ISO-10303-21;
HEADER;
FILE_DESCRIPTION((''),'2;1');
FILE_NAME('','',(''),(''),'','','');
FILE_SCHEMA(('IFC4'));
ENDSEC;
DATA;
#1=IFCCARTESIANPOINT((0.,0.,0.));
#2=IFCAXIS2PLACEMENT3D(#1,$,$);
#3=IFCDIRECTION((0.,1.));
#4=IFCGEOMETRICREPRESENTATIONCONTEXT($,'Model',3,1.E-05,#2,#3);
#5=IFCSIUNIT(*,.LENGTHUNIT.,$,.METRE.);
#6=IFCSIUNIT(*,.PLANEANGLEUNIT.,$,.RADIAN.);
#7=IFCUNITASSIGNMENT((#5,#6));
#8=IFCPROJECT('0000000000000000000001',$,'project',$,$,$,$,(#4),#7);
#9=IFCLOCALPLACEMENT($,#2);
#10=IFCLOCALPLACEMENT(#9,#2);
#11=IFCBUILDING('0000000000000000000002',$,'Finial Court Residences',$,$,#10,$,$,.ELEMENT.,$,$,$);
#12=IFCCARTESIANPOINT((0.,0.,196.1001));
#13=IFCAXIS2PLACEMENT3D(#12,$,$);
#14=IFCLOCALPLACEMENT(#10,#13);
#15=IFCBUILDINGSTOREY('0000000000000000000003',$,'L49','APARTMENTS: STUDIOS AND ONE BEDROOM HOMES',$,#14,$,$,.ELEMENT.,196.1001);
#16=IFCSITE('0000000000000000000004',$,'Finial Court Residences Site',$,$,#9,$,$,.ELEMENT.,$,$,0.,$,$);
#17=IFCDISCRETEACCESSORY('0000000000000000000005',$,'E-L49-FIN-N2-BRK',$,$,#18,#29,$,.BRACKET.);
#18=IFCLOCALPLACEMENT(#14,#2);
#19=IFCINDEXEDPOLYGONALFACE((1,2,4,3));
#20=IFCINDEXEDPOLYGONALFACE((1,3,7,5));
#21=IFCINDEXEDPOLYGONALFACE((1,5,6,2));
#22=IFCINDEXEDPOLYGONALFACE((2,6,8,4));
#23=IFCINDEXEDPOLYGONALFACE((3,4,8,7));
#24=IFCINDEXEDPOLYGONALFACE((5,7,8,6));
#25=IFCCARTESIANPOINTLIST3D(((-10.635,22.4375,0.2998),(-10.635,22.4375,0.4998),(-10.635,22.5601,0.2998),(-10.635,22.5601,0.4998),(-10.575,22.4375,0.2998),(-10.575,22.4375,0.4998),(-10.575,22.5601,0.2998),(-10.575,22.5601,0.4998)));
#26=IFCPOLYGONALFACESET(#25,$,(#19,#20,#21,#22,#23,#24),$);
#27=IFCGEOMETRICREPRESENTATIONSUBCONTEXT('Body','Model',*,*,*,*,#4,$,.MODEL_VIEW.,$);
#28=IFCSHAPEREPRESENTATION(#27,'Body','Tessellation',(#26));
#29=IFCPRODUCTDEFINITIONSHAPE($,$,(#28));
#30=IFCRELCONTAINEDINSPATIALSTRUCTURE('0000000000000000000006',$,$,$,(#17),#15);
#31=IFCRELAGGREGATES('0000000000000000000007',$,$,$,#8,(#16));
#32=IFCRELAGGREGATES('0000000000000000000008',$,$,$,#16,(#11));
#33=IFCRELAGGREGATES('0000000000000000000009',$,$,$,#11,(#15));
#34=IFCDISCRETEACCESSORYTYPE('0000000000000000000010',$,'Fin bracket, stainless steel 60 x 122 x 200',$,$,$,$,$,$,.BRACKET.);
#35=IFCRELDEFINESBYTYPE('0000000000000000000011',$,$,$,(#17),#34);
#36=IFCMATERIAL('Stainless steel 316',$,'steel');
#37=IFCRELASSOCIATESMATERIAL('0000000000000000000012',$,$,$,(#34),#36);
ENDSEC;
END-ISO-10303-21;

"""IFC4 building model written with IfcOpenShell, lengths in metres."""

from ifc_helpers import new_model, si_unit, direction, frame, origin, origin_2d, place, context, subcontext, project, spatial, rectangle, extrude, material, type_object, element, save


model = new_model("IFC4")

# Units and contexts
model_context = context("Model", 3, precision=1e-05, world=origin(), true_north=direction((0.0, 1.0)))
body_context = subcontext(model_context, "Body", "Model", "MODEL_VIEW")
ifc_project = project(units=[si_unit("LENGTHUNIT", "METRE"), si_unit("PLANEANGLEUNIT", "RADIAN")], contexts=[model_context])

# Site, building, storey
site_placement = place(None, origin())
site = spatial("IfcSite", under=ifc_project, at=site_placement, Name="Finial Court Residences Site", CompositionType="ELEMENT", RefElevation=0.0)
building_placement = place(site_placement, origin())
building = spatial("IfcBuilding", under=site, at=building_placement, Name="Finial Court Residences", CompositionType="ELEMENT")
storey_placement = place(building_placement, frame((0.0, 0.0, 196.1001)))
storey = spatial("IfcBuildingStorey", under=building, at=storey_placement, Name="L49", Description="APARTMENTS: STUDIOS AND ONE BEDROOM HOMES", CompositionType="ELEMENT", Elevation=196.1001)

# Discrete accessory
ifc_material_1 = material(Name="Stainless steel 316", Category="steel")
discrete_accessory_type = type_object("IfcDiscreteAccessoryType", Name="Fin bracket, stainless steel 60 x 122 x 200", PredefinedType="BRACKET", material=ifc_material_1)
discrete_accessory_placement = place(storey_placement, frame((-10.605, 22.4988, 0.2998), z_axis=(0.0, 0.0, 1.0), x_axis=(1.0, 0.0, 0.0)))
element("IfcDiscreteAccessory", 1, at=discrete_accessory_placement, inside=storey, type_object=discrete_accessory_type, Name="E-L49-FIN-N2-BRK", PredefinedType="BRACKET", context=body_context, shape_type="SweptSolid", body=[
    extrude(rectangle(XDim=0.0601, YDim=0.1226, at=origin_2d()), origin(), (0.0, 0.0, 1.0), 0.2),
])

save(model, "model.ifc")
